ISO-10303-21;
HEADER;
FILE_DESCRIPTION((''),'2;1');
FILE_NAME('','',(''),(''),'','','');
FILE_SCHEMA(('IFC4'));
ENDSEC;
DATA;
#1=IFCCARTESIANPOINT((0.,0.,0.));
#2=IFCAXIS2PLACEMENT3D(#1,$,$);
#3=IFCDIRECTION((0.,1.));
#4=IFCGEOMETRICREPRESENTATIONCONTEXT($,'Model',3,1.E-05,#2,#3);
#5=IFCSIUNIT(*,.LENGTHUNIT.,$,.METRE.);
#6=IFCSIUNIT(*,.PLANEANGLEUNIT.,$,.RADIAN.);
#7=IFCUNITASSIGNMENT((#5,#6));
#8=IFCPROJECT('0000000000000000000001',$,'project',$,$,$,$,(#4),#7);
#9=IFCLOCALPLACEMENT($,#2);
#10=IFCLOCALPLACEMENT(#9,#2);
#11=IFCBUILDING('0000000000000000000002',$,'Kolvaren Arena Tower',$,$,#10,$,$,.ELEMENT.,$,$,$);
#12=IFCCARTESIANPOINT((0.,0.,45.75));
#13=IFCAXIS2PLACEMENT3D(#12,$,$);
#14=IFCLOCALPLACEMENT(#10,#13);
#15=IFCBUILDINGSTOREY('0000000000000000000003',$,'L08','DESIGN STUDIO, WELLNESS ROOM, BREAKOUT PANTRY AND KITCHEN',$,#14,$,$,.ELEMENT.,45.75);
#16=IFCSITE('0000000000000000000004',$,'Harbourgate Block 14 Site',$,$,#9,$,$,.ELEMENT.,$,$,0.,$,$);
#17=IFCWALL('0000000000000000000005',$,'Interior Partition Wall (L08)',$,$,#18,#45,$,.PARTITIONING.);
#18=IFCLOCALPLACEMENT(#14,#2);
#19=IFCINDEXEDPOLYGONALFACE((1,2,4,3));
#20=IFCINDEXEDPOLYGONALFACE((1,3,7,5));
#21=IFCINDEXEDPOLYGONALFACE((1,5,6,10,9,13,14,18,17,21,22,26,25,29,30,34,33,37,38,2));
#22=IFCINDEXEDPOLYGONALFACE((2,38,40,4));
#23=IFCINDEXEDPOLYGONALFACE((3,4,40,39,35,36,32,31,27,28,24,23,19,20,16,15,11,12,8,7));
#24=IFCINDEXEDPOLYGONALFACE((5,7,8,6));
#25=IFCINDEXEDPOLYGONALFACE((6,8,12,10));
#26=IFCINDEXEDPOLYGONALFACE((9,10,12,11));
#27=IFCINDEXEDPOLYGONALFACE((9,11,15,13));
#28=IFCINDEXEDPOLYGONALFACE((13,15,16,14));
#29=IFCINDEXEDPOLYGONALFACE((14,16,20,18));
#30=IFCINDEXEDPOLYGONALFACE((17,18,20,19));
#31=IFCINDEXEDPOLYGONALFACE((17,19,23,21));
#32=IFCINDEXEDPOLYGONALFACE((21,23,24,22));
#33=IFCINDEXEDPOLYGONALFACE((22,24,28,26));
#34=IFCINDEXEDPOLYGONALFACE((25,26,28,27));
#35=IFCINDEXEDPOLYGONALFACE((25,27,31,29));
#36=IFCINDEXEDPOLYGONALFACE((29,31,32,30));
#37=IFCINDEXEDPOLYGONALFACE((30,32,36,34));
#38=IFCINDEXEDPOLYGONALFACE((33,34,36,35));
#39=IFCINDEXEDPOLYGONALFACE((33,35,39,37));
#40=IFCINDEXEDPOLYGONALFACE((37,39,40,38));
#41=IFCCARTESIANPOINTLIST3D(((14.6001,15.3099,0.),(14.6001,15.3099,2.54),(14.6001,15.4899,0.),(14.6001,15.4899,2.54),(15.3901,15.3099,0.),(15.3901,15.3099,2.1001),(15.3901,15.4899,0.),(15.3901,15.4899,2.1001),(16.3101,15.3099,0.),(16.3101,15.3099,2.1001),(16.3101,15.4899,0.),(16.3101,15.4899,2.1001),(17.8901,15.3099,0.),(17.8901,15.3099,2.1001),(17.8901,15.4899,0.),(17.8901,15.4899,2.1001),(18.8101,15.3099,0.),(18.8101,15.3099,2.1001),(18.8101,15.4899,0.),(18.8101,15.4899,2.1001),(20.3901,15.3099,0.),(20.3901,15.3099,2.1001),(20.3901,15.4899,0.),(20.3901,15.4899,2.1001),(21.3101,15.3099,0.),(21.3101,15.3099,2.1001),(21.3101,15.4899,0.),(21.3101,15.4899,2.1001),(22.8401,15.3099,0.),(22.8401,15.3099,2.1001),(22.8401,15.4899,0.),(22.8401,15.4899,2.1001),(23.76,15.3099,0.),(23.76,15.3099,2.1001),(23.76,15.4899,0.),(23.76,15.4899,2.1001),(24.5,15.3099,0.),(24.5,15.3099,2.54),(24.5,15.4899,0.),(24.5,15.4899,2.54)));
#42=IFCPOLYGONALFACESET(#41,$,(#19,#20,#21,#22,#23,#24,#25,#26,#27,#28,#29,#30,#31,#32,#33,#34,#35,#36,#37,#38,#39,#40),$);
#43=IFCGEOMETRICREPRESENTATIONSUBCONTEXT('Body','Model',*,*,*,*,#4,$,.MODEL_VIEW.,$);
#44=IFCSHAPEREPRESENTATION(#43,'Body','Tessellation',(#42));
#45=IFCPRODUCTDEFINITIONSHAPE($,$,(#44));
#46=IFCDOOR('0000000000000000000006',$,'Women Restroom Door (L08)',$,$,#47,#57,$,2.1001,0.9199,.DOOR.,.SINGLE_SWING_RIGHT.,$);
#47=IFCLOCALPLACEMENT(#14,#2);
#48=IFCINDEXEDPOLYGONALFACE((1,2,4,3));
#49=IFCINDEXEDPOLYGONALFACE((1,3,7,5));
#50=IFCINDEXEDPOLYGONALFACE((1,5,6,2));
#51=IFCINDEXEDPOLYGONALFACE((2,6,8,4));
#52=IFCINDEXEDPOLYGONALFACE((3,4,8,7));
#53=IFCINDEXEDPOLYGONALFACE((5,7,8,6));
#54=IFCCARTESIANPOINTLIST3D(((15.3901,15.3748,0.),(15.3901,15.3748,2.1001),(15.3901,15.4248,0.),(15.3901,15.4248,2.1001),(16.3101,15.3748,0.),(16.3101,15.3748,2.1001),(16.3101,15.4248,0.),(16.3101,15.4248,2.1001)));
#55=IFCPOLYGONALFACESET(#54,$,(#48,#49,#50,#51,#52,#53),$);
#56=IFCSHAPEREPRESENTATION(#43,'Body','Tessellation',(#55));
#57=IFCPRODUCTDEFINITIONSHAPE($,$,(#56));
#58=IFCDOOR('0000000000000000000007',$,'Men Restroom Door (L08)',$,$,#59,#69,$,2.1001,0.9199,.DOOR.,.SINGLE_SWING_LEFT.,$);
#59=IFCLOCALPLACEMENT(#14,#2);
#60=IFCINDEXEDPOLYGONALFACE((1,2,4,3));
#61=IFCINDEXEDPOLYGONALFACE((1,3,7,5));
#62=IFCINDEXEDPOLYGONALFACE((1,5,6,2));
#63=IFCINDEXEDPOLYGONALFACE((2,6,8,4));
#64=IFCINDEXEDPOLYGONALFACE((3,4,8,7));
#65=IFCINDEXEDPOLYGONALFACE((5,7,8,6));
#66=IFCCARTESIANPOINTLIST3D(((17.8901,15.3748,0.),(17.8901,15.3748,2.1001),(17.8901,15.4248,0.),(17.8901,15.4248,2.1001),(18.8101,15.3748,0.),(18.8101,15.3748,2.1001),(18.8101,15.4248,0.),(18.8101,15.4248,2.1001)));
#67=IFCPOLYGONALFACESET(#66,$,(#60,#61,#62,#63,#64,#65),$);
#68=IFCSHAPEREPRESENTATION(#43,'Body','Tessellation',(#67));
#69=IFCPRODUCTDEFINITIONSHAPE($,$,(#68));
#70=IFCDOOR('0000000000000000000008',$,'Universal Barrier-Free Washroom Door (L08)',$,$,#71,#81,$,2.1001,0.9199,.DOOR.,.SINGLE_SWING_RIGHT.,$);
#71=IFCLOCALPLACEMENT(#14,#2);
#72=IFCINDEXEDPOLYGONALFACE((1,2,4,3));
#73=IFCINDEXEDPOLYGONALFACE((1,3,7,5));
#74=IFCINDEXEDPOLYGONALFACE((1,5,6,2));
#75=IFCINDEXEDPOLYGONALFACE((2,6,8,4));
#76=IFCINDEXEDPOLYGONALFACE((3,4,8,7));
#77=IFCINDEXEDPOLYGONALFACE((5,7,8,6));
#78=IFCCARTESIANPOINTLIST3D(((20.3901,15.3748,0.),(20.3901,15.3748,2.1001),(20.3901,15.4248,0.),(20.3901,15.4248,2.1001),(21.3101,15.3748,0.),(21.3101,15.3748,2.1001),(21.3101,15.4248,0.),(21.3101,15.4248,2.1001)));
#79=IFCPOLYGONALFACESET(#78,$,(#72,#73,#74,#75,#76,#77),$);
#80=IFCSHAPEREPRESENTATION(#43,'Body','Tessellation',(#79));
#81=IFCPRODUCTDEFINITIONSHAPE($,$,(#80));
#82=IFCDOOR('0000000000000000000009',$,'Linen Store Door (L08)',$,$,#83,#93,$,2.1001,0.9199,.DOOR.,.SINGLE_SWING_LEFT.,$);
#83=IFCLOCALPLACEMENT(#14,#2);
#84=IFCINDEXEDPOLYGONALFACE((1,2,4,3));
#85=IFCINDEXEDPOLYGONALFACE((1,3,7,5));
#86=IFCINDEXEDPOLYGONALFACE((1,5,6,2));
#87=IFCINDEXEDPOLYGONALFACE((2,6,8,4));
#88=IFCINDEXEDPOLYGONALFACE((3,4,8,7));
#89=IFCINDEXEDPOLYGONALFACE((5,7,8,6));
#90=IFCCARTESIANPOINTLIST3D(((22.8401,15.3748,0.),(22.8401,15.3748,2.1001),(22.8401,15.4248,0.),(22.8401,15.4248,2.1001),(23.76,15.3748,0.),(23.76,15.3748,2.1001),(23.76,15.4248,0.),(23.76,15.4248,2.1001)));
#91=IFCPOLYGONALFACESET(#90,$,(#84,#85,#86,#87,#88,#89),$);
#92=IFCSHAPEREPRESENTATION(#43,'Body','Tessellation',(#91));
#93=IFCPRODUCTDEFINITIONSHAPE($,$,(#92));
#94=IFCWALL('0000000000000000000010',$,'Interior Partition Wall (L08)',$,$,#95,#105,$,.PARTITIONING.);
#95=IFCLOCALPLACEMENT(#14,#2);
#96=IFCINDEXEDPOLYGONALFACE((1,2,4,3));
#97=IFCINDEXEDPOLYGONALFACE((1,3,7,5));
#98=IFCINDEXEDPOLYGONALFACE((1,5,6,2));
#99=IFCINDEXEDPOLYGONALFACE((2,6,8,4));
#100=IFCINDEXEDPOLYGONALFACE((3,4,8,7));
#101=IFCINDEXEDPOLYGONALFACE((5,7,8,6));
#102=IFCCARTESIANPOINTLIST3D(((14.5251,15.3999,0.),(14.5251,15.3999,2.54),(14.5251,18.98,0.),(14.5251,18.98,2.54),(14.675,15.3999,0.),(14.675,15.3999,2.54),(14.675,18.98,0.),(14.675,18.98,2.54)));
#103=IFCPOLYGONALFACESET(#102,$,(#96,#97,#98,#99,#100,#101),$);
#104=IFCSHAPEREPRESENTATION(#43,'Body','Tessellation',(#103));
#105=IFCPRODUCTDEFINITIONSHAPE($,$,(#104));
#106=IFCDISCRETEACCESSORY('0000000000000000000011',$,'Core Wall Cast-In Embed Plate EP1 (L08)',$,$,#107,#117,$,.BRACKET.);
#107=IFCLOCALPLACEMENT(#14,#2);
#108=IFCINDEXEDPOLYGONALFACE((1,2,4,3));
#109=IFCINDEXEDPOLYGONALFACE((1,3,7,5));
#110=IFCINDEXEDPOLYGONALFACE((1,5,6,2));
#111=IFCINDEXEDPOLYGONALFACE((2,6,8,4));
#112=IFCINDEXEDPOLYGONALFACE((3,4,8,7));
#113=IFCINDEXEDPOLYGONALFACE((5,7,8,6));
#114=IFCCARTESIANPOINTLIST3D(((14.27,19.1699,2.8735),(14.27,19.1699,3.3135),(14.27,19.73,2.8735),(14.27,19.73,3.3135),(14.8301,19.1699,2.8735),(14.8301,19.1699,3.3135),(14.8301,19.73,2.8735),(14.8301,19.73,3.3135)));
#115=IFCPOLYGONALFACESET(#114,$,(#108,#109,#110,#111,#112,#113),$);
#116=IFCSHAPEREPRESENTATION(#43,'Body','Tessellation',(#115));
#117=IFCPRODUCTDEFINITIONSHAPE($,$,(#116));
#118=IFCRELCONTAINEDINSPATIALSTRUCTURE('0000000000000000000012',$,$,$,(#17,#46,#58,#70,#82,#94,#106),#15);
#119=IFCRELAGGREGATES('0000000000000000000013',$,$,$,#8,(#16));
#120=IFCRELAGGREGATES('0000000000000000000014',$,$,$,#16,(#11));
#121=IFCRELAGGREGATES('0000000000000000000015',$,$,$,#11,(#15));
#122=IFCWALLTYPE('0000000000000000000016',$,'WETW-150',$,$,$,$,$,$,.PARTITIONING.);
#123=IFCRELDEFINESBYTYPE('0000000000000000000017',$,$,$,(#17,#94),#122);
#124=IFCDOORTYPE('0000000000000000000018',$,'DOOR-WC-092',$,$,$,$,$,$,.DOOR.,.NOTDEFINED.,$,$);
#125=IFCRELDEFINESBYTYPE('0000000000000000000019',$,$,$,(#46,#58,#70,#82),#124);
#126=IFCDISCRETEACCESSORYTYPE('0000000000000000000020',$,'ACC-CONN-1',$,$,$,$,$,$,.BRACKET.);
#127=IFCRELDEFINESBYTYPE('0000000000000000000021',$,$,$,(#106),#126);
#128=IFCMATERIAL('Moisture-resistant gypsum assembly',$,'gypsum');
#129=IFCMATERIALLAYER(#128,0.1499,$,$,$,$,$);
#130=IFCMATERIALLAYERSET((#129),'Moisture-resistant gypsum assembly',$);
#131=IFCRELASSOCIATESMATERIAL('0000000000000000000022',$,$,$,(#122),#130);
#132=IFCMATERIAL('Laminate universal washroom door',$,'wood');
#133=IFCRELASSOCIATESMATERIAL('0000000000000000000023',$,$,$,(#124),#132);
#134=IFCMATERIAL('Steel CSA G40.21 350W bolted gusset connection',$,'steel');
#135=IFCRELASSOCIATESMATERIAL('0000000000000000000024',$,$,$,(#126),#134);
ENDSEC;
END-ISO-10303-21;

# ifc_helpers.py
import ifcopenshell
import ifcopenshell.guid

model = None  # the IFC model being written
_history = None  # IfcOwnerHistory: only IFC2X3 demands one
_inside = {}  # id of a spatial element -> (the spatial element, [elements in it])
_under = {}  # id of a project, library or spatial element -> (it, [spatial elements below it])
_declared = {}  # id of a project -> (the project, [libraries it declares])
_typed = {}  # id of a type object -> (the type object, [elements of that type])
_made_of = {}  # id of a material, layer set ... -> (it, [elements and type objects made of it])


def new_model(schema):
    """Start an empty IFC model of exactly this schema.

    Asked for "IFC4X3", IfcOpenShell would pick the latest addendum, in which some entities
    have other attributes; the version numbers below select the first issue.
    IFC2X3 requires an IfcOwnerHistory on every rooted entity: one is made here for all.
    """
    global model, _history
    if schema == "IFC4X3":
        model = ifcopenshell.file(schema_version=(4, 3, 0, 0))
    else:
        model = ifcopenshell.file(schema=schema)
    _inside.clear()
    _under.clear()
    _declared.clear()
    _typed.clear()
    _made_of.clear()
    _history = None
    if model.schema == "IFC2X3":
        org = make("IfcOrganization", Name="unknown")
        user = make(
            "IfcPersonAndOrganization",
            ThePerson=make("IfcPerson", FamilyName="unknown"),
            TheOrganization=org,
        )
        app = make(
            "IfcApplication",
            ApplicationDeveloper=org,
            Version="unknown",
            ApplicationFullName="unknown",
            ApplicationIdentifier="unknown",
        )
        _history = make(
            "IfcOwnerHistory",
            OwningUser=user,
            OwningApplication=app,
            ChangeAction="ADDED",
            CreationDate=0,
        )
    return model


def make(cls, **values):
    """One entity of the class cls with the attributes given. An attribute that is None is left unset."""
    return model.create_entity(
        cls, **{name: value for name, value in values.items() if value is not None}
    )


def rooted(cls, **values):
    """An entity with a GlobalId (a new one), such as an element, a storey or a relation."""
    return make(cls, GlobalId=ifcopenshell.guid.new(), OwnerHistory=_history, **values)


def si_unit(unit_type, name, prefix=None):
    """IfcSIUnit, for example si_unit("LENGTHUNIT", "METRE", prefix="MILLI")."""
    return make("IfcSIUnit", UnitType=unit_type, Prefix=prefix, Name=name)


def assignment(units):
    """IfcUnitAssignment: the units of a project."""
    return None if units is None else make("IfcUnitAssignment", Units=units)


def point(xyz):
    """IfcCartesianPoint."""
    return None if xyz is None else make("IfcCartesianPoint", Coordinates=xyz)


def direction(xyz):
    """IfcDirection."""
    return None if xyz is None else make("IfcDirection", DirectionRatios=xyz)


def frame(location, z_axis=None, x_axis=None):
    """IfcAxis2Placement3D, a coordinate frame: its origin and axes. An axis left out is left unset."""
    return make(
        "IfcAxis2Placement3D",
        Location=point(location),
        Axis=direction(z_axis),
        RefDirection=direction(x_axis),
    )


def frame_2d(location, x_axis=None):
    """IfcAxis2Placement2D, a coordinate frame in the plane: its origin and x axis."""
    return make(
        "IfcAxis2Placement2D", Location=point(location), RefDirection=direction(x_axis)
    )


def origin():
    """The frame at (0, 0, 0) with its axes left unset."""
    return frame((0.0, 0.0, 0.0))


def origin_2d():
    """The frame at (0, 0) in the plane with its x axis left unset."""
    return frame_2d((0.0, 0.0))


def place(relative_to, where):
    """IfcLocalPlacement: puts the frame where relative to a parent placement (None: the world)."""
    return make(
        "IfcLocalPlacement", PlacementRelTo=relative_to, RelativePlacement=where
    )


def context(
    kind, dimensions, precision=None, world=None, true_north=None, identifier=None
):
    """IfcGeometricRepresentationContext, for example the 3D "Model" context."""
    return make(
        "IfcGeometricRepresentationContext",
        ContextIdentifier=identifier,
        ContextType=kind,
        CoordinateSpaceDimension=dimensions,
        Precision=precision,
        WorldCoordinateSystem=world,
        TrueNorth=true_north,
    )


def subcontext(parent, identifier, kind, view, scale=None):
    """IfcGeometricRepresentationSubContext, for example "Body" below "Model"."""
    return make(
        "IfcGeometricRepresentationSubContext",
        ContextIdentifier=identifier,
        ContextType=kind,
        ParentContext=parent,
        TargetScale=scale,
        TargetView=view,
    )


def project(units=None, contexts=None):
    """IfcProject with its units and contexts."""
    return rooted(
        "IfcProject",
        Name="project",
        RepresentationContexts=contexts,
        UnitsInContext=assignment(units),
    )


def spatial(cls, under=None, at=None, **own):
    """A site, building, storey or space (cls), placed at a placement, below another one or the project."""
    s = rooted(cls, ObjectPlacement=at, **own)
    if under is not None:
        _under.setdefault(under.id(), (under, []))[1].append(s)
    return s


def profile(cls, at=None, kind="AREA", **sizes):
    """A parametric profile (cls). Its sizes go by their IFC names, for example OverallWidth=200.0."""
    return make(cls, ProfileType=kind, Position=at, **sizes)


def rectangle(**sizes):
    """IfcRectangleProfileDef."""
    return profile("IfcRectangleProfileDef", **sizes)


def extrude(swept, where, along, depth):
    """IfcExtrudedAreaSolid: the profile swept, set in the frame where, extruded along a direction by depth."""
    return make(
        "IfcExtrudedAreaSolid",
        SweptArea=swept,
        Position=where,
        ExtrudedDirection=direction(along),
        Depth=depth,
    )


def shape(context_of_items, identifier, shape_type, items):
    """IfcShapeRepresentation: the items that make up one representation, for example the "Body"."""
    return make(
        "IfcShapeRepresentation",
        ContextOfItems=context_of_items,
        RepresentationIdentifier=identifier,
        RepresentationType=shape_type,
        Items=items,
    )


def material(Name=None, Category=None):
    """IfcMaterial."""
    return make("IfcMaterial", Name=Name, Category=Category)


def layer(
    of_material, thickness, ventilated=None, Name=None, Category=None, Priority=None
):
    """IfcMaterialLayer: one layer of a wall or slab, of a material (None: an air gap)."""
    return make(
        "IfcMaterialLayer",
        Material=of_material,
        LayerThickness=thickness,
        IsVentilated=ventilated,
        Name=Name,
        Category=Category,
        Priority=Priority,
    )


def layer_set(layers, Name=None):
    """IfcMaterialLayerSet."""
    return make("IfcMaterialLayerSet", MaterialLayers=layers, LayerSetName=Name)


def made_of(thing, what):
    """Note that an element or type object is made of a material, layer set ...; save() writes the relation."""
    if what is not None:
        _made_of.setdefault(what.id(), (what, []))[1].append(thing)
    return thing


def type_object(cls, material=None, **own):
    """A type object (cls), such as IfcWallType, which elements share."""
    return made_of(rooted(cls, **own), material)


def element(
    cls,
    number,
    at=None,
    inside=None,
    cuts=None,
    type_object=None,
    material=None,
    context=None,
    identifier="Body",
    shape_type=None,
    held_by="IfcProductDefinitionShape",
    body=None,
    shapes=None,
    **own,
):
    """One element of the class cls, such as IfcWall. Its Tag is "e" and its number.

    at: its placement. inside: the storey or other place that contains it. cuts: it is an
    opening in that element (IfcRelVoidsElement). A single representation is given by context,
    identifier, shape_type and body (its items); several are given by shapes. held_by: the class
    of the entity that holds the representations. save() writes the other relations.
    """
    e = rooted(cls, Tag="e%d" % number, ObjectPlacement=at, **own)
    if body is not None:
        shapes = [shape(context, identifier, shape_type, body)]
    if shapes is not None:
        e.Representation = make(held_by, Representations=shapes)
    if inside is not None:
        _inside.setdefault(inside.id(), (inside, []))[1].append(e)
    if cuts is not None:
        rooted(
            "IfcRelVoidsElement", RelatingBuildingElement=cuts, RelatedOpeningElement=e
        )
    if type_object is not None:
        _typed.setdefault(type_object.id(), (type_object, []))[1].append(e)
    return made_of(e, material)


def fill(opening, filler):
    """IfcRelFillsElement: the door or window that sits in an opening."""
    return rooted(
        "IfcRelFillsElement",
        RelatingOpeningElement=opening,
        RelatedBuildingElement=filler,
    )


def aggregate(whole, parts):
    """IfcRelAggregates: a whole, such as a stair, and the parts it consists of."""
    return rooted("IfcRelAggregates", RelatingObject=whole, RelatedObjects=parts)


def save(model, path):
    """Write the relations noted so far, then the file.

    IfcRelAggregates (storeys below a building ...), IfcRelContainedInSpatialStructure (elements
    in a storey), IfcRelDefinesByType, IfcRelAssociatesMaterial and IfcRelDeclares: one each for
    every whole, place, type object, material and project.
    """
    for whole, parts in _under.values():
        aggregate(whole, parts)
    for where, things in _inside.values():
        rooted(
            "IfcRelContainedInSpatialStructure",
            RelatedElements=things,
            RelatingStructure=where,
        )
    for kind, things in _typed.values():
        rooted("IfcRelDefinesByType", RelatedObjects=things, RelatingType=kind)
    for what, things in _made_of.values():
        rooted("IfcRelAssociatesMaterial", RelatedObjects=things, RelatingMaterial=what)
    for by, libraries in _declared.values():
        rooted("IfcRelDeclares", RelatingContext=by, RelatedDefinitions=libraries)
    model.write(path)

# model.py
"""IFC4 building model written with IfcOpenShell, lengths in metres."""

from ifc_helpers import new_model, si_unit, direction, frame, frame_2d, origin, origin_2d, place, context, subcontext, project, spatial, rectangle, extrude, material, layer, layer_set, type_object, element, fill, save


model = new_model("IFC4")

# Units and contexts
model_context = context("Model", 3, precision=1e-05, world=origin(), true_north=direction((0.0, 1.0)))
body_context = subcontext(model_context, "Body", "Model", "MODEL_VIEW")
ifc_project = project(units=[si_unit("LENGTHUNIT", "METRE"), si_unit("PLANEANGLEUNIT", "RADIAN")], contexts=[model_context])

# Site, building, storey
site_placement = place(None, origin())
site = spatial("IfcSite", under=ifc_project, at=site_placement, Name="Harbourgate Block 14 Site", CompositionType="ELEMENT", RefElevation=0.0)
building_placement = place(site_placement, origin())
building = spatial("IfcBuilding", under=site, at=building_placement, Name="Kolvaren Arena Tower", CompositionType="ELEMENT")
storey_placement = place(building_placement, frame((0.0, 0.0, 45.75)))
storey = spatial("IfcBuildingStorey", under=building, at=storey_placement, Name="L08", Description="DESIGN STUDIO, WELLNESS ROOM, BREAKOUT PANTRY AND KITCHEN", CompositionType="ELEMENT", Elevation=45.75)

# Wall, openings, doors
ifc_material_1 = material(Name="Moisture-resistant gypsum assembly", Category="gypsum")
ifc_layer_1 = layer(ifc_material_1, 0.1499)
ifc_layer_set_1 = layer_set([ifc_layer_1], Name="Moisture-resistant gypsum assembly")
wall_type_1 = type_object("IfcWallType", Name="WETW-150", PredefinedType="PARTITIONING", material=ifc_layer_set_1)
wall_1_placement = place(storey_placement, frame((14.6001, 15.3999, 0.0), z_axis=(0.0, 0.0, 1.0), x_axis=(1.0, 0.0, 0.0)))
wall_1 = element("IfcWall", 1, at=wall_1_placement, inside=storey, type_object=wall_type_1, Name="Interior Partition Wall (L08)", PredefinedType="PARTITIONING", context=body_context, shape_type="SweptSolid", body=[
    extrude(rectangle(XDim=9.8999, YDim=0.1799, at=frame_2d((4.95, 0.0))), origin(), (0.0, 0.0, 1.0), 2.54),
])
opening_1_placement = place(wall_1_placement, frame((0.79, 0.0, 0.0)))
opening_1 = element("IfcOpeningElement", 2, at=opening_1_placement, cuts=wall_1, PredefinedType="OPENING", context=body_context, shape_type="SweptSolid", body=[
    extrude(rectangle(XDim=0.9199, YDim=2.1001, at=frame_2d((0.46, 1.05))), frame((0.0, 0.0999, 0.0), z_axis=(0.0, -1.0, 0.0), x_axis=(1.0, 0.0, 0.0)), (0.0, 0.0, 1.0), 0.2),
])
opening_2_placement = place(wall_1_placement, frame((3.29, 0.0, 0.0)))
opening_2 = element("IfcOpeningElement", 3, at=opening_2_placement, cuts=wall_1, PredefinedType="OPENING", context=body_context, shape_type="SweptSolid", body=[
    extrude(rectangle(XDim=0.9199, YDim=2.1001, at=frame_2d((0.46, 1.05))), frame((0.0, 0.0999, 0.0), z_axis=(0.0, -1.0, 0.0), x_axis=(1.0, 0.0, 0.0)), (0.0, 0.0, 1.0), 0.2),
])
opening_3_placement = place(wall_1_placement, frame((5.79, 0.0, 0.0)))
opening_3 = element("IfcOpeningElement", 4, at=opening_3_placement, cuts=wall_1, PredefinedType="OPENING", context=body_context, shape_type="SweptSolid", body=[
    extrude(rectangle(XDim=0.9199, YDim=2.1001, at=frame_2d((0.46, 1.05))), frame((0.0, 0.0999, 0.0), z_axis=(0.0, -1.0, 0.0), x_axis=(1.0, 0.0, 0.0)), (0.0, 0.0, 1.0), 0.2),
])
opening_4_placement = place(wall_1_placement, frame((8.24, 0.0, 0.0)))
opening_4 = element("IfcOpeningElement", 5, at=opening_4_placement, cuts=wall_1, PredefinedType="OPENING", context=body_context, shape_type="SweptSolid", body=[
    extrude(rectangle(XDim=0.9199, YDim=2.1001, at=frame_2d((0.46, 1.05))), frame((0.0, 0.0999, 0.0), z_axis=(0.0, -1.0, 0.0), x_axis=(1.0, 0.0, 0.0)), (0.0, 0.0, 1.0), 0.2),
])
ifc_material_2 = material(Name="Laminate universal washroom door", Category="wood")
door_type_1 = type_object("IfcDoorType", Name="DOOR-WC-092", OperationType="NOTDEFINED", PredefinedType="DOOR", material=ifc_material_2)
door_1_placement = place(opening_1_placement, origin())
door_1 = element("IfcDoor", 6, at=door_1_placement, inside=storey, type_object=door_type_1, Name="Women Restroom Door (L08)", OperationType="SINGLE_SWING_RIGHT", OverallHeight=2.1001, OverallWidth=0.9199, PredefinedType="DOOR", context=body_context, shape_type="SweptSolid", body=[
    extrude(rectangle(XDim=0.9199, YDim=2.1001, at=frame_2d((0.46, 1.05))), frame((0.0, 0.0249, 0.0), z_axis=(0.0, -1.0, 0.0), x_axis=(1.0, 0.0, 0.0)), (0.0, 0.0, 1.0), 0.05),
])
fill(opening_1, door_1)
door_2_placement = place(opening_2_placement, origin())
door_2 = element("IfcDoor", 7, at=door_2_placement, inside=storey, type_object=door_type_1, Name="Men Restroom Door (L08)", OperationType="SINGLE_SWING_LEFT", OverallHeight=2.1001, OverallWidth=0.9199, PredefinedType="DOOR", context=body_context, shape_type="SweptSolid", body=[
    extrude(rectangle(XDim=0.9199, YDim=2.1001, at=frame_2d((0.46, 1.05))), frame((0.0, 0.0249, 0.0), z_axis=(0.0, -1.0, 0.0), x_axis=(1.0, 0.0, 0.0)), (0.0, 0.0, 1.0), 0.05),
])
fill(opening_2, door_2)
door_3_placement = place(opening_3_placement, origin())
door_3 = element("IfcDoor", 8, at=door_3_placement, inside=storey, type_object=door_type_1, Name="Universal Barrier-Free Washroom Door (L08)", OperationType="SINGLE_SWING_RIGHT", OverallHeight=2.1001, OverallWidth=0.9199, PredefinedType="DOOR", context=body_context, shape_type="SweptSolid", body=[
    extrude(rectangle(XDim=0.9199, YDim=2.1001, at=frame_2d((0.46, 1.05))), frame((0.0, 0.0249, 0.0), z_axis=(0.0, -1.0, 0.0), x_axis=(1.0, 0.0, 0.0)), (0.0, 0.0, 1.0), 0.05),
])
fill(opening_3, door_3)
door_4_placement = place(opening_4_placement, origin())
door_4 = element("IfcDoor", 9, at=door_4_placement, inside=storey, type_object=door_type_1, Name="Linen Store Door (L08)", OperationType="SINGLE_SWING_LEFT", OverallHeight=2.1001, OverallWidth=0.9199, PredefinedType="DOOR", context=body_context, shape_type="SweptSolid", body=[
    extrude(rectangle(XDim=0.9199, YDim=2.1001, at=frame_2d((0.46, 1.05))), frame((0.0, 0.0249, 0.0), z_axis=(0.0, -1.0, 0.0), x_axis=(1.0, 0.0, 0.0)), (0.0, 0.0, 1.0), 0.05),
])
fill(opening_4, door_4)

# Wall
wall_2_placement = place(storey_placement, frame((14.6001, 15.3999, 0.0), z_axis=(0.0, 0.0, 1.0), x_axis=(0.0, 1.0, 0.0)))
element("IfcWall", 10, at=wall_2_placement, inside=storey, type_object=wall_type_1, Name="Interior Partition Wall (L08)", PredefinedType="PARTITIONING", context=body_context, shape_type="SweptSolid", body=[
    extrude(rectangle(XDim=3.5801, YDim=0.1499, at=frame_2d((1.79, 0.0))), origin(), (0.0, 0.0, 1.0), 2.54),
])

# Discrete accessory
ifc_material_3 = material(Name="Steel CSA G40.21 350W bolted gusset connection", Category="steel")
discrete_accessory_type = type_object("IfcDiscreteAccessoryType", Name="ACC-CONN-1", PredefinedType="BRACKET", material=ifc_material_3)
discrete_accessory_placement = place(storey_placement, frame((14.55, 19.45, 2.8735), z_axis=(0.0, 0.0, 1.0), x_axis=(1.0, 0.0, 0.0)))
element("IfcDiscreteAccessory", 11, at=discrete_accessory_placement, inside=storey, type_object=discrete_accessory_type, Name="Core Wall Cast-In Embed Plate EP1 (L08)", PredefinedType="BRACKET", context=body_context, shape_type="SweptSolid", body=[
    extrude(rectangle(XDim=0.5601, YDim=0.5601, at=origin_2d()), origin(), (0.0, 0.0, 1.0), 0.4399),
])

save(model, "model.ifc")
